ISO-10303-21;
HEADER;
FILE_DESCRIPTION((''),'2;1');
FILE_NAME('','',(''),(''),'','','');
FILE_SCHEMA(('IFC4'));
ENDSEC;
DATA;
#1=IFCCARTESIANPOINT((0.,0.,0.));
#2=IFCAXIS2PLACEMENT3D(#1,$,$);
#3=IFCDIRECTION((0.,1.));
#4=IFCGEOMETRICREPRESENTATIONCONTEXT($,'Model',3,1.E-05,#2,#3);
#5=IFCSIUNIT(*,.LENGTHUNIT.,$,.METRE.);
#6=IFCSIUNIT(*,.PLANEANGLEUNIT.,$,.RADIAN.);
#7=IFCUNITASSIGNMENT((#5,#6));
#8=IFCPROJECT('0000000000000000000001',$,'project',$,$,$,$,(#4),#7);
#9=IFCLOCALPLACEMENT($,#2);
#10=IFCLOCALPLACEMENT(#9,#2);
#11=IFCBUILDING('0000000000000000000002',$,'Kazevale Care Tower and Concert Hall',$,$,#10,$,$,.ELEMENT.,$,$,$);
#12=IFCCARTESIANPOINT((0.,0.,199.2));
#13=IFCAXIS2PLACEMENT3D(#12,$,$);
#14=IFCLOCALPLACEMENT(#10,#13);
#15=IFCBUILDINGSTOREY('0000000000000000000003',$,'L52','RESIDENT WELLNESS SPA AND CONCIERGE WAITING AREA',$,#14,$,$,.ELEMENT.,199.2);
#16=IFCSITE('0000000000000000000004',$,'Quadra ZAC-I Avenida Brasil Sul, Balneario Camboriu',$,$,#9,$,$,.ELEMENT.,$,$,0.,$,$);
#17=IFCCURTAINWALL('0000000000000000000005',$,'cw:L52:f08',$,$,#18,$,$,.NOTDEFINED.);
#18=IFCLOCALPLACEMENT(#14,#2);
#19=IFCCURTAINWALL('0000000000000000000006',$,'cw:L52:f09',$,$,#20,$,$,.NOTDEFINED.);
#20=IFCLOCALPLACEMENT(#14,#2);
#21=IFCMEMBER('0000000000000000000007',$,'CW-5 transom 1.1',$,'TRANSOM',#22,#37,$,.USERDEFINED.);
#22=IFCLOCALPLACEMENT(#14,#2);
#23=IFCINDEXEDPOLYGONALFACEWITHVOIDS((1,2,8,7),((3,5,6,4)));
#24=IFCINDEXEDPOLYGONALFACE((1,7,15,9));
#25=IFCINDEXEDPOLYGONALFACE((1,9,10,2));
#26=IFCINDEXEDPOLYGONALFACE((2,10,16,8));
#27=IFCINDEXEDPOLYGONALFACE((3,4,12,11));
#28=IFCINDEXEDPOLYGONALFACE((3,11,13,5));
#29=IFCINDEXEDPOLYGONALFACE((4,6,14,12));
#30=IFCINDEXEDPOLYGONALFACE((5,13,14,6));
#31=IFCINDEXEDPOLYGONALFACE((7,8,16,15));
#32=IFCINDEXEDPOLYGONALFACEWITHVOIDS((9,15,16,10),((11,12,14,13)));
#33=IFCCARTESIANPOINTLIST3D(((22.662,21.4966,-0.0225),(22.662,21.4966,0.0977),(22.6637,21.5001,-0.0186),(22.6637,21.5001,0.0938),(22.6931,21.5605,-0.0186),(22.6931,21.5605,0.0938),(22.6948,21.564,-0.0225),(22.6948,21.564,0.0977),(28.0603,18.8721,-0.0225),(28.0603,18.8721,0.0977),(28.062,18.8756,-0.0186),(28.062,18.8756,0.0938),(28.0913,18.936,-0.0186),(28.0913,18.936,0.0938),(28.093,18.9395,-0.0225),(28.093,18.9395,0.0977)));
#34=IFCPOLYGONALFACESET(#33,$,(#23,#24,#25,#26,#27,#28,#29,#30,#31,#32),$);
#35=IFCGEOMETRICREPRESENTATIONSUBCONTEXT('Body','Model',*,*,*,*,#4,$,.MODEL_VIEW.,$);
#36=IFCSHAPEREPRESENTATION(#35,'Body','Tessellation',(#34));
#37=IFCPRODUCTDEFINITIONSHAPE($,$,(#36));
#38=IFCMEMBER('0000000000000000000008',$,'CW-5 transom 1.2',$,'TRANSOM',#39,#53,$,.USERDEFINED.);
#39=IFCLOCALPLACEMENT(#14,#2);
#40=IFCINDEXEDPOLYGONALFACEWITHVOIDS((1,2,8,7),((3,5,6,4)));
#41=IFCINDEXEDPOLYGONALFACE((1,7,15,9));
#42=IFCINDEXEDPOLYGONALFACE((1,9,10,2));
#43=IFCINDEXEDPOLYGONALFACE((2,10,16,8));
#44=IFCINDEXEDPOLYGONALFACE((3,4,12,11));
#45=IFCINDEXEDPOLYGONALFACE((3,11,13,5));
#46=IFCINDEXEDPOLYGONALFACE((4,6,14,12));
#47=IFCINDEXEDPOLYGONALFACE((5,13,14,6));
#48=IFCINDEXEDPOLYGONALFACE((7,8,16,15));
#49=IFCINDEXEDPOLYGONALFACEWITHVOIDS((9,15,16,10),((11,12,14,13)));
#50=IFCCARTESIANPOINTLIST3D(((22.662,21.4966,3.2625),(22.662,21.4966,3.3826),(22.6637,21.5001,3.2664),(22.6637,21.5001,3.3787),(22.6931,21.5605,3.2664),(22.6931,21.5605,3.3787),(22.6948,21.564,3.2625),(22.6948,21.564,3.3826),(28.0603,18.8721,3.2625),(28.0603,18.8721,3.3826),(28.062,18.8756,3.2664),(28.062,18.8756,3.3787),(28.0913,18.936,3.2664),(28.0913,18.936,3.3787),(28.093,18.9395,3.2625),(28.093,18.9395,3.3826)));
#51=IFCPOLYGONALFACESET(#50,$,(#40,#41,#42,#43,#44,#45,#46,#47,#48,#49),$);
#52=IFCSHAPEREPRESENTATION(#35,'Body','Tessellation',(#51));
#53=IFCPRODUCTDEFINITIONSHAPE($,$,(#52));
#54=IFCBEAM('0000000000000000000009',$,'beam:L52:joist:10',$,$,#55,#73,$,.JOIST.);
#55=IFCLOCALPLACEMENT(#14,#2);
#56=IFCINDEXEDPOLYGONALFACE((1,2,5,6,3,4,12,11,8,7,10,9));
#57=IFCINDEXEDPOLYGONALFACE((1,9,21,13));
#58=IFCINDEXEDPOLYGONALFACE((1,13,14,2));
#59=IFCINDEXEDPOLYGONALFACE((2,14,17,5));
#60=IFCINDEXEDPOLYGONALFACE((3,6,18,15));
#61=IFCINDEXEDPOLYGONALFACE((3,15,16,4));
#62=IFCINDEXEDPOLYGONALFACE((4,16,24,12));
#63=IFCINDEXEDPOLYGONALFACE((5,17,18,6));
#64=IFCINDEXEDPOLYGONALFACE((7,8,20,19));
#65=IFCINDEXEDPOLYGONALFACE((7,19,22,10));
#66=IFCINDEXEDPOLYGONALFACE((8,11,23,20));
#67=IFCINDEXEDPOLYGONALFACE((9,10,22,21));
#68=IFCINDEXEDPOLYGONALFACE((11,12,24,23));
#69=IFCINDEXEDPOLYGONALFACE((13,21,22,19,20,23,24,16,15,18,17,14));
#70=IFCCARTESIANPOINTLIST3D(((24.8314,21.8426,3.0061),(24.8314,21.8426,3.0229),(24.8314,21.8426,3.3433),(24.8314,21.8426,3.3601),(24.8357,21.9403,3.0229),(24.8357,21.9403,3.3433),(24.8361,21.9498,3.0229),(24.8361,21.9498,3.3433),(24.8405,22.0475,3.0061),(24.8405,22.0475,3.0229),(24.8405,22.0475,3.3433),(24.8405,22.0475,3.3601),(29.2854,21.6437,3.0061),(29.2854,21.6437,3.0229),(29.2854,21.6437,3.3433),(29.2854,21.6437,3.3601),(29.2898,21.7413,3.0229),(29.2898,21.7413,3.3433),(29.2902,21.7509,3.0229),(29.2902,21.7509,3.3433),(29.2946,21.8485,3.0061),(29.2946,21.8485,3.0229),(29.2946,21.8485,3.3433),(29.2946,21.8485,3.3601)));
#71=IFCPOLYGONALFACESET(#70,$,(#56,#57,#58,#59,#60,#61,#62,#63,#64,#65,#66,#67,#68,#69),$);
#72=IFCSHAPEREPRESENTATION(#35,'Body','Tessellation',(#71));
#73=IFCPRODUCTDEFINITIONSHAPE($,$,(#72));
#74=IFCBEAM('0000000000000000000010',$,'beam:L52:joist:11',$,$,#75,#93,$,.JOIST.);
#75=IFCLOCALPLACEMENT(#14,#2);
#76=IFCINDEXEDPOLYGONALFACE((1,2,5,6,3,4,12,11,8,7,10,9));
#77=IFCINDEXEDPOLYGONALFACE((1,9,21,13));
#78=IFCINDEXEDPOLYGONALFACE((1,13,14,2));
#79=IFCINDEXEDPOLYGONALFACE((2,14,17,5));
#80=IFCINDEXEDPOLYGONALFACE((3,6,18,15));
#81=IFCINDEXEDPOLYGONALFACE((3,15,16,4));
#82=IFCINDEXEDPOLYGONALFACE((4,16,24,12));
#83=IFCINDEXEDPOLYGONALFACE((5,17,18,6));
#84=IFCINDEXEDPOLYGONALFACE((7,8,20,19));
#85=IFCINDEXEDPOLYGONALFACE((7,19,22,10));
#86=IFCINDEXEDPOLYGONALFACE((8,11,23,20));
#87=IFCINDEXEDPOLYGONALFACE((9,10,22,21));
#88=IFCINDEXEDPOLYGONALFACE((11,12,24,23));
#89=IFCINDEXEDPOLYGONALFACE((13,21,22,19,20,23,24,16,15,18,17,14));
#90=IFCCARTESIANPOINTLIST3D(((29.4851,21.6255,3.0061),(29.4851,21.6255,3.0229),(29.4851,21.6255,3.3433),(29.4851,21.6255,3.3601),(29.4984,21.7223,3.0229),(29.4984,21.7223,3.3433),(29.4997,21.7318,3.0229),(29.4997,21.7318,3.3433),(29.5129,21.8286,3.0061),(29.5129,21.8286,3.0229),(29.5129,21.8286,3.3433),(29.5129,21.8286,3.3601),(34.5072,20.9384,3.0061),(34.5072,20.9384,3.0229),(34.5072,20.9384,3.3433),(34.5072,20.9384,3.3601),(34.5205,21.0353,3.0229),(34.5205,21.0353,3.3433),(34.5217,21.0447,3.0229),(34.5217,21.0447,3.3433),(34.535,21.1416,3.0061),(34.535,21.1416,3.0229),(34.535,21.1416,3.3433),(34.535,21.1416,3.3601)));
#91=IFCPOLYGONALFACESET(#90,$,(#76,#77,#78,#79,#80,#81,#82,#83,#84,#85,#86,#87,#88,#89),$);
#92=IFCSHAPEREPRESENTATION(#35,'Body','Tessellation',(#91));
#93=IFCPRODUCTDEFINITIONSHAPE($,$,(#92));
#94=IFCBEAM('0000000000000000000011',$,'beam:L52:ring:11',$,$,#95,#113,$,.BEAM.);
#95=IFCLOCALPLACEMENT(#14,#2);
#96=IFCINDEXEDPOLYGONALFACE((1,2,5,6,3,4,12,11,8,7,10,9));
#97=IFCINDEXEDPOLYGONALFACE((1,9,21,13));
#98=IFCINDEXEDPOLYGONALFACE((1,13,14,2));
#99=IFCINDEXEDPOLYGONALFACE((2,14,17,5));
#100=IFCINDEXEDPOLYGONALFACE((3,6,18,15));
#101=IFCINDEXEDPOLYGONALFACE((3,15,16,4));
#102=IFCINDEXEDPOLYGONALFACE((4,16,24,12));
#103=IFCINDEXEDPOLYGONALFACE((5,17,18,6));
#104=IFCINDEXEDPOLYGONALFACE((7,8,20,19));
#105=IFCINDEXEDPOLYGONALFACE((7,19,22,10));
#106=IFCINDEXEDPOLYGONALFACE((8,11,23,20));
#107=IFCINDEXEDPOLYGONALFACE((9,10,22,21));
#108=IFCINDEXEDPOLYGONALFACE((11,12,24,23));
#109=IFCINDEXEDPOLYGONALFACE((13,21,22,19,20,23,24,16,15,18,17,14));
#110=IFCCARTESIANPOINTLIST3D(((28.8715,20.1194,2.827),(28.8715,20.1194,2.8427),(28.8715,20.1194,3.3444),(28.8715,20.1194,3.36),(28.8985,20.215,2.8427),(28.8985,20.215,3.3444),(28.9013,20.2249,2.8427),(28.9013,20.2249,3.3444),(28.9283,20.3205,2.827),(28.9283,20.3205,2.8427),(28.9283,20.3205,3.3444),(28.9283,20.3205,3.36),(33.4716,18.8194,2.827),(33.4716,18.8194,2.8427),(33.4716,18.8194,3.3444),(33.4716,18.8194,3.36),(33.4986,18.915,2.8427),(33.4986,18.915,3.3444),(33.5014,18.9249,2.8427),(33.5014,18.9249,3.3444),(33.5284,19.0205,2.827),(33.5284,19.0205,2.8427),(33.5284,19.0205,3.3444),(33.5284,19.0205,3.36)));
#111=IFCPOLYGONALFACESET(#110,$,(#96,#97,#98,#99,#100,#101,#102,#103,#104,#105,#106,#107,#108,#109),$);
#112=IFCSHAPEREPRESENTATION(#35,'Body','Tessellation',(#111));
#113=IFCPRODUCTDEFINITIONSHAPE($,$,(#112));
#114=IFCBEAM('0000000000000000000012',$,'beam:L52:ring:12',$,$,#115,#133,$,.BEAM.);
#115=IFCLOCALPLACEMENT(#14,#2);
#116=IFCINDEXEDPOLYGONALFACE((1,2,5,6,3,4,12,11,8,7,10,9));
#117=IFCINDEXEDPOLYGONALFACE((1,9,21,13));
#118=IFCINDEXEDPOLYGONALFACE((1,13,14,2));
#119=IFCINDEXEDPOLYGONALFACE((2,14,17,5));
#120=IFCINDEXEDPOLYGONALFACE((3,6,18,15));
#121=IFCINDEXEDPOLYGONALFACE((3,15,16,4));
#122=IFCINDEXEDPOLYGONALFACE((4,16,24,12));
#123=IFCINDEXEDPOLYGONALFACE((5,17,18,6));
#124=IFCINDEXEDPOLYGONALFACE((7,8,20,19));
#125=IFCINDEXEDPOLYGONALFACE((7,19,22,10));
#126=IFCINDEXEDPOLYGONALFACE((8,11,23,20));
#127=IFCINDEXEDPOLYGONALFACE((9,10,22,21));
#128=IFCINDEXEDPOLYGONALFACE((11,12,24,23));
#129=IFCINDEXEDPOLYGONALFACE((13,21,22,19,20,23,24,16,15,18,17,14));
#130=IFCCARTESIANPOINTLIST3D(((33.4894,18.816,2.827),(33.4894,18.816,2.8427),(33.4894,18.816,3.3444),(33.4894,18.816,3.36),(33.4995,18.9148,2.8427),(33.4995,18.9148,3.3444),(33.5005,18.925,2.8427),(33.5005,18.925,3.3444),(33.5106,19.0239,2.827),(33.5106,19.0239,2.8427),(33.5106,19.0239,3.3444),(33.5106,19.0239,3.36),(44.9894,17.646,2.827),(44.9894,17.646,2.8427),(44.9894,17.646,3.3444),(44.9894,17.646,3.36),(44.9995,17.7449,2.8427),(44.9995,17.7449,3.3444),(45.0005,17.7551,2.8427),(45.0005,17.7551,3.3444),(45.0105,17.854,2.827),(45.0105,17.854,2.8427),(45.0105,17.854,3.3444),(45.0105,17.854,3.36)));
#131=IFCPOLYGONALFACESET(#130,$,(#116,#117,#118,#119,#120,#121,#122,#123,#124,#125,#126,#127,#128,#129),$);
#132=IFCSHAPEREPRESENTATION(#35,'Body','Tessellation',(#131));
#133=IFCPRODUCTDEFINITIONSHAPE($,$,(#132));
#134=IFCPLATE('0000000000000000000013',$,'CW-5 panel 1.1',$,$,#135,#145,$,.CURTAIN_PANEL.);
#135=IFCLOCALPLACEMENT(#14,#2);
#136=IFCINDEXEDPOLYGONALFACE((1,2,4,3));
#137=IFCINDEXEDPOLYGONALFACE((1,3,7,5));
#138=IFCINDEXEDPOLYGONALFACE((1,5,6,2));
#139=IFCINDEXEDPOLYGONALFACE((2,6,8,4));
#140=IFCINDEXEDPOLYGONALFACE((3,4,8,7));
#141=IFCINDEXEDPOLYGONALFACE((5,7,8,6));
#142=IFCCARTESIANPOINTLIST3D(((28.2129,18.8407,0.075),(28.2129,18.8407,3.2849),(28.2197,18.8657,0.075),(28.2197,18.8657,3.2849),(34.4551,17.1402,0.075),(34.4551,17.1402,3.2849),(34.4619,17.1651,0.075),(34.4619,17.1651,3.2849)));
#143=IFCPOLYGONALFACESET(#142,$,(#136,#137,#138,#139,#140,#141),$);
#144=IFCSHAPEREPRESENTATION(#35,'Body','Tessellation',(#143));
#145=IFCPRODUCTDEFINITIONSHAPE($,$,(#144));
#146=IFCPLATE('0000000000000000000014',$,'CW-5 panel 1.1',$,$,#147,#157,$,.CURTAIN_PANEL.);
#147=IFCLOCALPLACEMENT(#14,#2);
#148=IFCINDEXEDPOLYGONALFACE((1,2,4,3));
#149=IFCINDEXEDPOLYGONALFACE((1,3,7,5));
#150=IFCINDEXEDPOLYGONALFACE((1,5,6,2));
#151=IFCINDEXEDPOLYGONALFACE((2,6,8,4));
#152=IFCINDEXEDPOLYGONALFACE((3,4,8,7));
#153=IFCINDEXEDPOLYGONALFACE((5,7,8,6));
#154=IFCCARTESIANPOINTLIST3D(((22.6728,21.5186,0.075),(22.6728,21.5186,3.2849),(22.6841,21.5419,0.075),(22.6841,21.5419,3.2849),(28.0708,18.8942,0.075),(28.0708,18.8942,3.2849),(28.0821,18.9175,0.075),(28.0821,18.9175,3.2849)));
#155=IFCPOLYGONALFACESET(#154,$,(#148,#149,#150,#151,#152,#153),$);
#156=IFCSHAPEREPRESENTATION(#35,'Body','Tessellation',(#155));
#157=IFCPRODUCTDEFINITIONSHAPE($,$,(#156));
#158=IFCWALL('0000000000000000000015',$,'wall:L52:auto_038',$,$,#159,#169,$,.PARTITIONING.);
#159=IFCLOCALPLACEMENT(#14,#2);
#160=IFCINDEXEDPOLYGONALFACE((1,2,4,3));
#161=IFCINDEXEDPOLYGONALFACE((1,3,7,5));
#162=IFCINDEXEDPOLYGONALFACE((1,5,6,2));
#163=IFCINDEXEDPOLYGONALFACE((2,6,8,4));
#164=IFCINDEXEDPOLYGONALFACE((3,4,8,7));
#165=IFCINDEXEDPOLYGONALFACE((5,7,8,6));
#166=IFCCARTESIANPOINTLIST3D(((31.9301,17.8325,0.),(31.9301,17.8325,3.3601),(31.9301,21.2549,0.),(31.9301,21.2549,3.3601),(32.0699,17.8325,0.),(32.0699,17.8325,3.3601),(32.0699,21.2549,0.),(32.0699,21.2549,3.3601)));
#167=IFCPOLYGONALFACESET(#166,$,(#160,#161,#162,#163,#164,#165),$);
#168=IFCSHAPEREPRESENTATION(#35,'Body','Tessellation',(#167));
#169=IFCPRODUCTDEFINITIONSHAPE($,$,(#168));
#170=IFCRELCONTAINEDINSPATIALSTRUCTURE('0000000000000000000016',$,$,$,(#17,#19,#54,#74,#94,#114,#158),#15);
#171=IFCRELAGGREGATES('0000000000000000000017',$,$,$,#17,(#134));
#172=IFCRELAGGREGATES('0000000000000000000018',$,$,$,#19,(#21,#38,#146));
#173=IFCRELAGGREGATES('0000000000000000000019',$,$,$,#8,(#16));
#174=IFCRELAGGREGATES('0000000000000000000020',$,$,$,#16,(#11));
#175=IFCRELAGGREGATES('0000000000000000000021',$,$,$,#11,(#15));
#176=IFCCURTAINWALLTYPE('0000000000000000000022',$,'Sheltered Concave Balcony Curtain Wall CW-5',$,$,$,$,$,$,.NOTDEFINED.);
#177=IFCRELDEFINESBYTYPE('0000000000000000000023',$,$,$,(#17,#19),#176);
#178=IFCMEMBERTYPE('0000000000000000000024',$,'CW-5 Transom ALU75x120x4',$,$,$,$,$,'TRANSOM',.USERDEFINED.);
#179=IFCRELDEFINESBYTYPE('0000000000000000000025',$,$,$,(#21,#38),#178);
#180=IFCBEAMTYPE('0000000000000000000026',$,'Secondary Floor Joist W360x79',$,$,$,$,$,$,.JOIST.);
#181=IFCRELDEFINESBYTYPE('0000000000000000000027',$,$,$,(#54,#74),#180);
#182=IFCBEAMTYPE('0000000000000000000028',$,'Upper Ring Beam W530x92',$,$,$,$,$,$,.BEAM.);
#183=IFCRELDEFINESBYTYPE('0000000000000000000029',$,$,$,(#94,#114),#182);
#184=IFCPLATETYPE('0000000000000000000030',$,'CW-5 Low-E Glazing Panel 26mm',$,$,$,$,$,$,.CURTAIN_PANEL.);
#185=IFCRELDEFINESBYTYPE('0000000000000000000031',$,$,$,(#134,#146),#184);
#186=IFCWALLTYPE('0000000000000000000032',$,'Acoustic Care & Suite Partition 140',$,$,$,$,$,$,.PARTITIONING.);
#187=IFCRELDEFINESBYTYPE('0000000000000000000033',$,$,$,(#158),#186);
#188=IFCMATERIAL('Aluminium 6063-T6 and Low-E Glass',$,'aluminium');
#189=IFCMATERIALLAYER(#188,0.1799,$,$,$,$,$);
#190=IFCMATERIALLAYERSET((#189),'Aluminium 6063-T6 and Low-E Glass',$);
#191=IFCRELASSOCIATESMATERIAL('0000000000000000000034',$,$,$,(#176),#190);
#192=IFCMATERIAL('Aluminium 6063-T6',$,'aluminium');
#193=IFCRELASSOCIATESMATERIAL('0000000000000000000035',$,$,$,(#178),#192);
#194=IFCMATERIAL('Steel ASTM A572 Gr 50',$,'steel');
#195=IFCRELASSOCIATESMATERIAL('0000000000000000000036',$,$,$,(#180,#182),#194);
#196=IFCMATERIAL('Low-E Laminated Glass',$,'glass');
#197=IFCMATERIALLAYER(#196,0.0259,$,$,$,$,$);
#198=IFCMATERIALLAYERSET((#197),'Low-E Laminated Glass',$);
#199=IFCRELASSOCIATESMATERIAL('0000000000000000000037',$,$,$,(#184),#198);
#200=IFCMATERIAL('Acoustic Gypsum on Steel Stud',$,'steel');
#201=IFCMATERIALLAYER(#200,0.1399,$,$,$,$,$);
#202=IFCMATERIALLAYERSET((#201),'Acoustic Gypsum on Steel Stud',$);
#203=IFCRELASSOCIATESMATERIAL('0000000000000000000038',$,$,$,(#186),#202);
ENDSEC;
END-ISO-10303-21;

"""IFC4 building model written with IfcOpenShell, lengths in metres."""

from ifc_helpers import new_model, si_unit, direction, frame, frame_2d, origin, origin_2d, place, context, subcontext, project, spatial, rectangle, hollow_rectangle, i_section, extrude, material, layer, layer_set, material_profile, profile_set, type_object, element, aggregate, save


model = new_model("IFC4")

# Units and contexts
model_context = context("Model", 3, precision=1e-05, world=origin(), true_north=direction((0.0, 1.0)))
body_context = subcontext(model_context, "Body", "Model", "MODEL_VIEW")
ifc_project = project(units=[si_unit("LENGTHUNIT", "METRE"), si_unit("PLANEANGLEUNIT", "RADIAN")], contexts=[model_context])

# Site, building, storey
site_placement = place(None, origin())
site = spatial("IfcSite", under=ifc_project, at=site_placement, Name="Quadra ZAC-I Avenida Brasil Sul, Balneario Camboriu", CompositionType="ELEMENT", RefElevation=0.0)
building_placement = place(site_placement, origin())
building = spatial("IfcBuilding", under=site, at=building_placement, Name="Kazevale Care Tower and Concert Hall", CompositionType="ELEMENT")
storey_placement = place(building_placement, frame((0.0, 0.0, 199.2)))
storey = spatial("IfcBuildingStorey", under=building, at=storey_placement, Name="L52", Description="RESIDENT WELLNESS SPA AND CONCIERGE WAITING AREA", CompositionType="ELEMENT", Elevation=199.2)

# Curtain walls
ifc_material_1 = material(Name="Aluminium 6063-T6 and Low-E Glass", Category="aluminium")
ifc_layer_1 = layer(ifc_material_1, 0.1799)
ifc_layer_set_1 = layer_set([ifc_layer_1], Name="Aluminium 6063-T6 and Low-E Glass")
curtain_wall_type = type_object("IfcCurtainWallType", Name="Sheltered Concave Balcony Curtain Wall CW-5", PredefinedType="NOTDEFINED", material=ifc_layer_set_1)
curtain_wall_1_placement = place(storey_placement, origin())
curtain_wall_1 = element("IfcCurtainWall", 1, at=curtain_wall_1_placement, inside=storey, type_object=curtain_wall_type, Name="cw:L52:f08", PredefinedType="NOTDEFINED")
ifc_material_2 = material(Name="Aluminium 6063-T6", Category="aluminium")
curtain_wall_2_placement = place(storey_placement, origin())
curtain_wall_2 = element("IfcCurtainWall", 2, at=curtain_wall_2_placement, inside=storey, type_object=curtain_wall_type, Name="cw:L52:f09", PredefinedType="NOTDEFINED")

# Members
ifc_material_profile_1 = material_profile(ifc_material_2, hollow_rectangle(XDim=0.075, YDim=0.1201, WallThickness=0.0039, at=origin_2d()), Name="ALU75x120x4")
ifc_profile_set_1 = profile_set([ifc_material_profile_1], Name="Aluminium 6063-T6")
member_type_1 = type_object("IfcMemberType", Name="CW-5 Transom ALU75x120x4", ElementType="TRANSOM", PredefinedType="USERDEFINED", material=ifc_profile_set_1)
member_1_placement = place(storey_placement, frame((28.0767, 18.9058, 0.0376), z_axis=(-0.899342, 0.437245, 0.0), x_axis=(-0.437245, -0.899342, 0.0)))
member_1 = element("IfcMember", 3, at=member_1_placement, type_object=member_type_1, Name="CW-5 transom 1.1", ObjectType="TRANSOM", PredefinedType="USERDEFINED", context=body_context, shape_type="SweptSolid", body=[
    extrude(hollow_rectangle(XDim=0.075, YDim=0.1201, WallThickness=0.0039, at=origin_2d()), origin(), (0.0, 0.0, 1.0), 6.0024),
])
member_2_placement = place(storey_placement, frame((28.0767, 18.9058, 3.3225), z_axis=(-0.899342, 0.437245, 0.0), x_axis=(-0.437245, -0.899342, 0.0)))
member_2 = element("IfcMember", 4, at=member_2_placement, type_object=member_type_1, Name="CW-5 transom 1.2", ObjectType="TRANSOM", PredefinedType="USERDEFINED", context=body_context, shape_type="SweptSolid", body=[
    extrude(hollow_rectangle(XDim=0.075, YDim=0.1201, WallThickness=0.0039, at=origin_2d()), origin(), (0.0, 0.0, 1.0), 6.0024),
])

# Beams
ifc_material_3 = material(Name="Steel ASTM A572 Gr 50", Category="steel")
ifc_material_profile_2 = material_profile(ifc_material_3, i_section(OverallWidth=0.2051, OverallDepth=0.354, WebThickness=0.0095, FlangeThickness=0.0168, at=origin_2d()), Name="W360x79")
ifc_profile_set_2 = profile_set([ifc_material_profile_2], Name="Steel ASTM A572 Gr 50")
beam_type_1 = type_object("IfcBeamType", Name="Secondary Floor Joist W360x79", PredefinedType="JOIST", material=ifc_profile_set_2)
beam_1_placement = place(storey_placement, frame((24.8359, 21.9451, 3.1831), z_axis=(0.999004, -0.044628, 0.0), x_axis=(0.044628, 0.999004, 0.0)))
element("IfcBeam", 5, at=beam_1_placement, inside=storey, type_object=beam_type_1, Name="beam:L52:joist:10", PredefinedType="JOIST", context=body_context, shape_type="SweptSolid", body=[
    extrude(i_section(OverallWidth=0.2051, OverallDepth=0.354, WebThickness=0.0095, FlangeThickness=0.0168, at=origin_2d()), origin(), (0.0, 0.0, 1.0), 4.4585),
])
beam_2_placement = place(storey_placement, frame((29.499, 21.7271, 3.1831), z_axis=(0.990772, -0.135539, 0.0), x_axis=(0.135539, 0.990772, 0.0)))
element("IfcBeam", 6, at=beam_2_placement, inside=storey, type_object=beam_type_1, Name="beam:L52:joist:11", PredefinedType="JOIST", context=body_context, shape_type="SweptSolid", body=[
    extrude(i_section(OverallWidth=0.2051, OverallDepth=0.354, WebThickness=0.0095, FlangeThickness=0.0168, at=origin_2d()), origin(), (0.0, 0.0, 1.0), 5.0688),
])
ifc_material_profile_3 = material_profile(ifc_material_3, i_section(OverallWidth=0.209, OverallDepth=0.533, WebThickness=0.0103, FlangeThickness=0.0156, at=origin_2d()), Name="W530x92")
ifc_profile_set_3 = profile_set([ifc_material_profile_3], Name="Steel ASTM A572 Gr 50")
beam_type_2 = type_object("IfcBeamType", Name="Upper Ring Beam W530x92", PredefinedType="BEAM", material=ifc_profile_set_3)
beam_3_placement = place(storey_placement, frame((28.8999, 20.22, 3.0935), z_axis=(0.962308, -0.271961, 0.0), x_axis=(0.271961, 0.962308, 0.0)))
element("IfcBeam", 7, at=beam_3_placement, inside=storey, type_object=beam_type_2, Name="beam:L52:ring:11", PredefinedType="BEAM", context=body_context, shape_type="SweptSolid", body=[
    extrude(i_section(OverallWidth=0.209, OverallDepth=0.533, WebThickness=0.0103, FlangeThickness=0.0156, at=origin_2d()), origin(), (0.0, 0.0, 1.0), 4.7803),
])
beam_4_placement = place(storey_placement, frame((33.5, 18.9199, 3.0935), z_axis=(0.994865, -0.10121, 0.0), x_axis=(0.10121, 0.994865, 0.0)))
element("IfcBeam", 8, at=beam_4_placement, inside=storey, type_object=beam_type_2, Name="beam:L52:ring:12", PredefinedType="BEAM", context=body_context, shape_type="SweptSolid", body=[
    extrude(i_section(OverallWidth=0.209, OverallDepth=0.533, WebThickness=0.0103, FlangeThickness=0.0156, at=origin_2d()), origin(), (0.0, 0.0, 1.0), 11.5593),
])

# Plates
ifc_material_4 = material(Name="Low-E Laminated Glass", Category="glass")
ifc_layer_2 = layer(ifc_material_4, 0.0259)
ifc_layer_set_2 = layer_set([ifc_layer_2], Name="Low-E Laminated Glass")
plate_type = type_object("IfcPlateType", Name="CW-5 Low-E Glazing Panel 26mm", PredefinedType="CURTAIN_PANEL", material=ifc_layer_set_2)
plate_1_placement = place(storey_placement, frame((31.3374, 18.0029, 0.075), z_axis=(0.0, 0.0, 1.0), x_axis=(-0.964837, 0.262849, 0.0)))
plate_1 = element("IfcPlate", 9, at=plate_1_placement, type_object=plate_type, Name="CW-5 panel 1.1", PredefinedType="CURTAIN_PANEL", context=body_context, shape_type="SweptSolid", body=[
    extrude(rectangle(XDim=6.4697, YDim=0.0259, at=origin_2d()), origin(), (0.0, 0.0, 1.0), 3.21),
])
aggregate(curtain_wall_1, [plate_1])
plate_2_placement = place(storey_placement, frame((25.3774, 20.218, 0.075), z_axis=(0.0, 0.0, 1.0), x_axis=(-0.899346, 0.437238, 0.0)))
plate_2 = element("IfcPlate", 10, at=plate_2_placement, type_object=plate_type, Name="CW-5 panel 1.1", PredefinedType="CURTAIN_PANEL", context=body_context, shape_type="SweptSolid", body=[
    extrude(rectangle(XDim=6.0022, YDim=0.0259, at=origin_2d()), origin(), (0.0, 0.0, 1.0), 3.21),
])
aggregate(curtain_wall_2, [member_1, member_2, plate_2])

# Wall
ifc_material_5 = material(Name="Acoustic Gypsum on Steel Stud", Category="steel")
ifc_layer_3 = layer(ifc_material_5, 0.1399)
ifc_layer_set_3 = layer_set([ifc_layer_3], Name="Acoustic Gypsum on Steel Stud")
wall_type_1 = type_object("IfcWallType", Name="Acoustic Care & Suite Partition 140", PredefinedType="PARTITIONING", material=ifc_layer_set_3)
wall_1_placement = place(storey_placement, frame((32.0, 21.2549, 0.0), z_axis=(0.0, 0.0, 1.0), x_axis=(0.0, -1.0, 0.0)))
element("IfcWall", 11, at=wall_1_placement, inside=storey, type_object=wall_type_1, Name="wall:L52:auto_038", PredefinedType="PARTITIONING", context=body_context, shape_type="SweptSolid", body=[
    extrude(rectangle(XDim=3.4224, YDim=0.1399, at=frame_2d((1.7112, 0.0))), origin(), (0.0, 0.0, 1.0), 3.3601),
])

save(model, "model.ifc")
